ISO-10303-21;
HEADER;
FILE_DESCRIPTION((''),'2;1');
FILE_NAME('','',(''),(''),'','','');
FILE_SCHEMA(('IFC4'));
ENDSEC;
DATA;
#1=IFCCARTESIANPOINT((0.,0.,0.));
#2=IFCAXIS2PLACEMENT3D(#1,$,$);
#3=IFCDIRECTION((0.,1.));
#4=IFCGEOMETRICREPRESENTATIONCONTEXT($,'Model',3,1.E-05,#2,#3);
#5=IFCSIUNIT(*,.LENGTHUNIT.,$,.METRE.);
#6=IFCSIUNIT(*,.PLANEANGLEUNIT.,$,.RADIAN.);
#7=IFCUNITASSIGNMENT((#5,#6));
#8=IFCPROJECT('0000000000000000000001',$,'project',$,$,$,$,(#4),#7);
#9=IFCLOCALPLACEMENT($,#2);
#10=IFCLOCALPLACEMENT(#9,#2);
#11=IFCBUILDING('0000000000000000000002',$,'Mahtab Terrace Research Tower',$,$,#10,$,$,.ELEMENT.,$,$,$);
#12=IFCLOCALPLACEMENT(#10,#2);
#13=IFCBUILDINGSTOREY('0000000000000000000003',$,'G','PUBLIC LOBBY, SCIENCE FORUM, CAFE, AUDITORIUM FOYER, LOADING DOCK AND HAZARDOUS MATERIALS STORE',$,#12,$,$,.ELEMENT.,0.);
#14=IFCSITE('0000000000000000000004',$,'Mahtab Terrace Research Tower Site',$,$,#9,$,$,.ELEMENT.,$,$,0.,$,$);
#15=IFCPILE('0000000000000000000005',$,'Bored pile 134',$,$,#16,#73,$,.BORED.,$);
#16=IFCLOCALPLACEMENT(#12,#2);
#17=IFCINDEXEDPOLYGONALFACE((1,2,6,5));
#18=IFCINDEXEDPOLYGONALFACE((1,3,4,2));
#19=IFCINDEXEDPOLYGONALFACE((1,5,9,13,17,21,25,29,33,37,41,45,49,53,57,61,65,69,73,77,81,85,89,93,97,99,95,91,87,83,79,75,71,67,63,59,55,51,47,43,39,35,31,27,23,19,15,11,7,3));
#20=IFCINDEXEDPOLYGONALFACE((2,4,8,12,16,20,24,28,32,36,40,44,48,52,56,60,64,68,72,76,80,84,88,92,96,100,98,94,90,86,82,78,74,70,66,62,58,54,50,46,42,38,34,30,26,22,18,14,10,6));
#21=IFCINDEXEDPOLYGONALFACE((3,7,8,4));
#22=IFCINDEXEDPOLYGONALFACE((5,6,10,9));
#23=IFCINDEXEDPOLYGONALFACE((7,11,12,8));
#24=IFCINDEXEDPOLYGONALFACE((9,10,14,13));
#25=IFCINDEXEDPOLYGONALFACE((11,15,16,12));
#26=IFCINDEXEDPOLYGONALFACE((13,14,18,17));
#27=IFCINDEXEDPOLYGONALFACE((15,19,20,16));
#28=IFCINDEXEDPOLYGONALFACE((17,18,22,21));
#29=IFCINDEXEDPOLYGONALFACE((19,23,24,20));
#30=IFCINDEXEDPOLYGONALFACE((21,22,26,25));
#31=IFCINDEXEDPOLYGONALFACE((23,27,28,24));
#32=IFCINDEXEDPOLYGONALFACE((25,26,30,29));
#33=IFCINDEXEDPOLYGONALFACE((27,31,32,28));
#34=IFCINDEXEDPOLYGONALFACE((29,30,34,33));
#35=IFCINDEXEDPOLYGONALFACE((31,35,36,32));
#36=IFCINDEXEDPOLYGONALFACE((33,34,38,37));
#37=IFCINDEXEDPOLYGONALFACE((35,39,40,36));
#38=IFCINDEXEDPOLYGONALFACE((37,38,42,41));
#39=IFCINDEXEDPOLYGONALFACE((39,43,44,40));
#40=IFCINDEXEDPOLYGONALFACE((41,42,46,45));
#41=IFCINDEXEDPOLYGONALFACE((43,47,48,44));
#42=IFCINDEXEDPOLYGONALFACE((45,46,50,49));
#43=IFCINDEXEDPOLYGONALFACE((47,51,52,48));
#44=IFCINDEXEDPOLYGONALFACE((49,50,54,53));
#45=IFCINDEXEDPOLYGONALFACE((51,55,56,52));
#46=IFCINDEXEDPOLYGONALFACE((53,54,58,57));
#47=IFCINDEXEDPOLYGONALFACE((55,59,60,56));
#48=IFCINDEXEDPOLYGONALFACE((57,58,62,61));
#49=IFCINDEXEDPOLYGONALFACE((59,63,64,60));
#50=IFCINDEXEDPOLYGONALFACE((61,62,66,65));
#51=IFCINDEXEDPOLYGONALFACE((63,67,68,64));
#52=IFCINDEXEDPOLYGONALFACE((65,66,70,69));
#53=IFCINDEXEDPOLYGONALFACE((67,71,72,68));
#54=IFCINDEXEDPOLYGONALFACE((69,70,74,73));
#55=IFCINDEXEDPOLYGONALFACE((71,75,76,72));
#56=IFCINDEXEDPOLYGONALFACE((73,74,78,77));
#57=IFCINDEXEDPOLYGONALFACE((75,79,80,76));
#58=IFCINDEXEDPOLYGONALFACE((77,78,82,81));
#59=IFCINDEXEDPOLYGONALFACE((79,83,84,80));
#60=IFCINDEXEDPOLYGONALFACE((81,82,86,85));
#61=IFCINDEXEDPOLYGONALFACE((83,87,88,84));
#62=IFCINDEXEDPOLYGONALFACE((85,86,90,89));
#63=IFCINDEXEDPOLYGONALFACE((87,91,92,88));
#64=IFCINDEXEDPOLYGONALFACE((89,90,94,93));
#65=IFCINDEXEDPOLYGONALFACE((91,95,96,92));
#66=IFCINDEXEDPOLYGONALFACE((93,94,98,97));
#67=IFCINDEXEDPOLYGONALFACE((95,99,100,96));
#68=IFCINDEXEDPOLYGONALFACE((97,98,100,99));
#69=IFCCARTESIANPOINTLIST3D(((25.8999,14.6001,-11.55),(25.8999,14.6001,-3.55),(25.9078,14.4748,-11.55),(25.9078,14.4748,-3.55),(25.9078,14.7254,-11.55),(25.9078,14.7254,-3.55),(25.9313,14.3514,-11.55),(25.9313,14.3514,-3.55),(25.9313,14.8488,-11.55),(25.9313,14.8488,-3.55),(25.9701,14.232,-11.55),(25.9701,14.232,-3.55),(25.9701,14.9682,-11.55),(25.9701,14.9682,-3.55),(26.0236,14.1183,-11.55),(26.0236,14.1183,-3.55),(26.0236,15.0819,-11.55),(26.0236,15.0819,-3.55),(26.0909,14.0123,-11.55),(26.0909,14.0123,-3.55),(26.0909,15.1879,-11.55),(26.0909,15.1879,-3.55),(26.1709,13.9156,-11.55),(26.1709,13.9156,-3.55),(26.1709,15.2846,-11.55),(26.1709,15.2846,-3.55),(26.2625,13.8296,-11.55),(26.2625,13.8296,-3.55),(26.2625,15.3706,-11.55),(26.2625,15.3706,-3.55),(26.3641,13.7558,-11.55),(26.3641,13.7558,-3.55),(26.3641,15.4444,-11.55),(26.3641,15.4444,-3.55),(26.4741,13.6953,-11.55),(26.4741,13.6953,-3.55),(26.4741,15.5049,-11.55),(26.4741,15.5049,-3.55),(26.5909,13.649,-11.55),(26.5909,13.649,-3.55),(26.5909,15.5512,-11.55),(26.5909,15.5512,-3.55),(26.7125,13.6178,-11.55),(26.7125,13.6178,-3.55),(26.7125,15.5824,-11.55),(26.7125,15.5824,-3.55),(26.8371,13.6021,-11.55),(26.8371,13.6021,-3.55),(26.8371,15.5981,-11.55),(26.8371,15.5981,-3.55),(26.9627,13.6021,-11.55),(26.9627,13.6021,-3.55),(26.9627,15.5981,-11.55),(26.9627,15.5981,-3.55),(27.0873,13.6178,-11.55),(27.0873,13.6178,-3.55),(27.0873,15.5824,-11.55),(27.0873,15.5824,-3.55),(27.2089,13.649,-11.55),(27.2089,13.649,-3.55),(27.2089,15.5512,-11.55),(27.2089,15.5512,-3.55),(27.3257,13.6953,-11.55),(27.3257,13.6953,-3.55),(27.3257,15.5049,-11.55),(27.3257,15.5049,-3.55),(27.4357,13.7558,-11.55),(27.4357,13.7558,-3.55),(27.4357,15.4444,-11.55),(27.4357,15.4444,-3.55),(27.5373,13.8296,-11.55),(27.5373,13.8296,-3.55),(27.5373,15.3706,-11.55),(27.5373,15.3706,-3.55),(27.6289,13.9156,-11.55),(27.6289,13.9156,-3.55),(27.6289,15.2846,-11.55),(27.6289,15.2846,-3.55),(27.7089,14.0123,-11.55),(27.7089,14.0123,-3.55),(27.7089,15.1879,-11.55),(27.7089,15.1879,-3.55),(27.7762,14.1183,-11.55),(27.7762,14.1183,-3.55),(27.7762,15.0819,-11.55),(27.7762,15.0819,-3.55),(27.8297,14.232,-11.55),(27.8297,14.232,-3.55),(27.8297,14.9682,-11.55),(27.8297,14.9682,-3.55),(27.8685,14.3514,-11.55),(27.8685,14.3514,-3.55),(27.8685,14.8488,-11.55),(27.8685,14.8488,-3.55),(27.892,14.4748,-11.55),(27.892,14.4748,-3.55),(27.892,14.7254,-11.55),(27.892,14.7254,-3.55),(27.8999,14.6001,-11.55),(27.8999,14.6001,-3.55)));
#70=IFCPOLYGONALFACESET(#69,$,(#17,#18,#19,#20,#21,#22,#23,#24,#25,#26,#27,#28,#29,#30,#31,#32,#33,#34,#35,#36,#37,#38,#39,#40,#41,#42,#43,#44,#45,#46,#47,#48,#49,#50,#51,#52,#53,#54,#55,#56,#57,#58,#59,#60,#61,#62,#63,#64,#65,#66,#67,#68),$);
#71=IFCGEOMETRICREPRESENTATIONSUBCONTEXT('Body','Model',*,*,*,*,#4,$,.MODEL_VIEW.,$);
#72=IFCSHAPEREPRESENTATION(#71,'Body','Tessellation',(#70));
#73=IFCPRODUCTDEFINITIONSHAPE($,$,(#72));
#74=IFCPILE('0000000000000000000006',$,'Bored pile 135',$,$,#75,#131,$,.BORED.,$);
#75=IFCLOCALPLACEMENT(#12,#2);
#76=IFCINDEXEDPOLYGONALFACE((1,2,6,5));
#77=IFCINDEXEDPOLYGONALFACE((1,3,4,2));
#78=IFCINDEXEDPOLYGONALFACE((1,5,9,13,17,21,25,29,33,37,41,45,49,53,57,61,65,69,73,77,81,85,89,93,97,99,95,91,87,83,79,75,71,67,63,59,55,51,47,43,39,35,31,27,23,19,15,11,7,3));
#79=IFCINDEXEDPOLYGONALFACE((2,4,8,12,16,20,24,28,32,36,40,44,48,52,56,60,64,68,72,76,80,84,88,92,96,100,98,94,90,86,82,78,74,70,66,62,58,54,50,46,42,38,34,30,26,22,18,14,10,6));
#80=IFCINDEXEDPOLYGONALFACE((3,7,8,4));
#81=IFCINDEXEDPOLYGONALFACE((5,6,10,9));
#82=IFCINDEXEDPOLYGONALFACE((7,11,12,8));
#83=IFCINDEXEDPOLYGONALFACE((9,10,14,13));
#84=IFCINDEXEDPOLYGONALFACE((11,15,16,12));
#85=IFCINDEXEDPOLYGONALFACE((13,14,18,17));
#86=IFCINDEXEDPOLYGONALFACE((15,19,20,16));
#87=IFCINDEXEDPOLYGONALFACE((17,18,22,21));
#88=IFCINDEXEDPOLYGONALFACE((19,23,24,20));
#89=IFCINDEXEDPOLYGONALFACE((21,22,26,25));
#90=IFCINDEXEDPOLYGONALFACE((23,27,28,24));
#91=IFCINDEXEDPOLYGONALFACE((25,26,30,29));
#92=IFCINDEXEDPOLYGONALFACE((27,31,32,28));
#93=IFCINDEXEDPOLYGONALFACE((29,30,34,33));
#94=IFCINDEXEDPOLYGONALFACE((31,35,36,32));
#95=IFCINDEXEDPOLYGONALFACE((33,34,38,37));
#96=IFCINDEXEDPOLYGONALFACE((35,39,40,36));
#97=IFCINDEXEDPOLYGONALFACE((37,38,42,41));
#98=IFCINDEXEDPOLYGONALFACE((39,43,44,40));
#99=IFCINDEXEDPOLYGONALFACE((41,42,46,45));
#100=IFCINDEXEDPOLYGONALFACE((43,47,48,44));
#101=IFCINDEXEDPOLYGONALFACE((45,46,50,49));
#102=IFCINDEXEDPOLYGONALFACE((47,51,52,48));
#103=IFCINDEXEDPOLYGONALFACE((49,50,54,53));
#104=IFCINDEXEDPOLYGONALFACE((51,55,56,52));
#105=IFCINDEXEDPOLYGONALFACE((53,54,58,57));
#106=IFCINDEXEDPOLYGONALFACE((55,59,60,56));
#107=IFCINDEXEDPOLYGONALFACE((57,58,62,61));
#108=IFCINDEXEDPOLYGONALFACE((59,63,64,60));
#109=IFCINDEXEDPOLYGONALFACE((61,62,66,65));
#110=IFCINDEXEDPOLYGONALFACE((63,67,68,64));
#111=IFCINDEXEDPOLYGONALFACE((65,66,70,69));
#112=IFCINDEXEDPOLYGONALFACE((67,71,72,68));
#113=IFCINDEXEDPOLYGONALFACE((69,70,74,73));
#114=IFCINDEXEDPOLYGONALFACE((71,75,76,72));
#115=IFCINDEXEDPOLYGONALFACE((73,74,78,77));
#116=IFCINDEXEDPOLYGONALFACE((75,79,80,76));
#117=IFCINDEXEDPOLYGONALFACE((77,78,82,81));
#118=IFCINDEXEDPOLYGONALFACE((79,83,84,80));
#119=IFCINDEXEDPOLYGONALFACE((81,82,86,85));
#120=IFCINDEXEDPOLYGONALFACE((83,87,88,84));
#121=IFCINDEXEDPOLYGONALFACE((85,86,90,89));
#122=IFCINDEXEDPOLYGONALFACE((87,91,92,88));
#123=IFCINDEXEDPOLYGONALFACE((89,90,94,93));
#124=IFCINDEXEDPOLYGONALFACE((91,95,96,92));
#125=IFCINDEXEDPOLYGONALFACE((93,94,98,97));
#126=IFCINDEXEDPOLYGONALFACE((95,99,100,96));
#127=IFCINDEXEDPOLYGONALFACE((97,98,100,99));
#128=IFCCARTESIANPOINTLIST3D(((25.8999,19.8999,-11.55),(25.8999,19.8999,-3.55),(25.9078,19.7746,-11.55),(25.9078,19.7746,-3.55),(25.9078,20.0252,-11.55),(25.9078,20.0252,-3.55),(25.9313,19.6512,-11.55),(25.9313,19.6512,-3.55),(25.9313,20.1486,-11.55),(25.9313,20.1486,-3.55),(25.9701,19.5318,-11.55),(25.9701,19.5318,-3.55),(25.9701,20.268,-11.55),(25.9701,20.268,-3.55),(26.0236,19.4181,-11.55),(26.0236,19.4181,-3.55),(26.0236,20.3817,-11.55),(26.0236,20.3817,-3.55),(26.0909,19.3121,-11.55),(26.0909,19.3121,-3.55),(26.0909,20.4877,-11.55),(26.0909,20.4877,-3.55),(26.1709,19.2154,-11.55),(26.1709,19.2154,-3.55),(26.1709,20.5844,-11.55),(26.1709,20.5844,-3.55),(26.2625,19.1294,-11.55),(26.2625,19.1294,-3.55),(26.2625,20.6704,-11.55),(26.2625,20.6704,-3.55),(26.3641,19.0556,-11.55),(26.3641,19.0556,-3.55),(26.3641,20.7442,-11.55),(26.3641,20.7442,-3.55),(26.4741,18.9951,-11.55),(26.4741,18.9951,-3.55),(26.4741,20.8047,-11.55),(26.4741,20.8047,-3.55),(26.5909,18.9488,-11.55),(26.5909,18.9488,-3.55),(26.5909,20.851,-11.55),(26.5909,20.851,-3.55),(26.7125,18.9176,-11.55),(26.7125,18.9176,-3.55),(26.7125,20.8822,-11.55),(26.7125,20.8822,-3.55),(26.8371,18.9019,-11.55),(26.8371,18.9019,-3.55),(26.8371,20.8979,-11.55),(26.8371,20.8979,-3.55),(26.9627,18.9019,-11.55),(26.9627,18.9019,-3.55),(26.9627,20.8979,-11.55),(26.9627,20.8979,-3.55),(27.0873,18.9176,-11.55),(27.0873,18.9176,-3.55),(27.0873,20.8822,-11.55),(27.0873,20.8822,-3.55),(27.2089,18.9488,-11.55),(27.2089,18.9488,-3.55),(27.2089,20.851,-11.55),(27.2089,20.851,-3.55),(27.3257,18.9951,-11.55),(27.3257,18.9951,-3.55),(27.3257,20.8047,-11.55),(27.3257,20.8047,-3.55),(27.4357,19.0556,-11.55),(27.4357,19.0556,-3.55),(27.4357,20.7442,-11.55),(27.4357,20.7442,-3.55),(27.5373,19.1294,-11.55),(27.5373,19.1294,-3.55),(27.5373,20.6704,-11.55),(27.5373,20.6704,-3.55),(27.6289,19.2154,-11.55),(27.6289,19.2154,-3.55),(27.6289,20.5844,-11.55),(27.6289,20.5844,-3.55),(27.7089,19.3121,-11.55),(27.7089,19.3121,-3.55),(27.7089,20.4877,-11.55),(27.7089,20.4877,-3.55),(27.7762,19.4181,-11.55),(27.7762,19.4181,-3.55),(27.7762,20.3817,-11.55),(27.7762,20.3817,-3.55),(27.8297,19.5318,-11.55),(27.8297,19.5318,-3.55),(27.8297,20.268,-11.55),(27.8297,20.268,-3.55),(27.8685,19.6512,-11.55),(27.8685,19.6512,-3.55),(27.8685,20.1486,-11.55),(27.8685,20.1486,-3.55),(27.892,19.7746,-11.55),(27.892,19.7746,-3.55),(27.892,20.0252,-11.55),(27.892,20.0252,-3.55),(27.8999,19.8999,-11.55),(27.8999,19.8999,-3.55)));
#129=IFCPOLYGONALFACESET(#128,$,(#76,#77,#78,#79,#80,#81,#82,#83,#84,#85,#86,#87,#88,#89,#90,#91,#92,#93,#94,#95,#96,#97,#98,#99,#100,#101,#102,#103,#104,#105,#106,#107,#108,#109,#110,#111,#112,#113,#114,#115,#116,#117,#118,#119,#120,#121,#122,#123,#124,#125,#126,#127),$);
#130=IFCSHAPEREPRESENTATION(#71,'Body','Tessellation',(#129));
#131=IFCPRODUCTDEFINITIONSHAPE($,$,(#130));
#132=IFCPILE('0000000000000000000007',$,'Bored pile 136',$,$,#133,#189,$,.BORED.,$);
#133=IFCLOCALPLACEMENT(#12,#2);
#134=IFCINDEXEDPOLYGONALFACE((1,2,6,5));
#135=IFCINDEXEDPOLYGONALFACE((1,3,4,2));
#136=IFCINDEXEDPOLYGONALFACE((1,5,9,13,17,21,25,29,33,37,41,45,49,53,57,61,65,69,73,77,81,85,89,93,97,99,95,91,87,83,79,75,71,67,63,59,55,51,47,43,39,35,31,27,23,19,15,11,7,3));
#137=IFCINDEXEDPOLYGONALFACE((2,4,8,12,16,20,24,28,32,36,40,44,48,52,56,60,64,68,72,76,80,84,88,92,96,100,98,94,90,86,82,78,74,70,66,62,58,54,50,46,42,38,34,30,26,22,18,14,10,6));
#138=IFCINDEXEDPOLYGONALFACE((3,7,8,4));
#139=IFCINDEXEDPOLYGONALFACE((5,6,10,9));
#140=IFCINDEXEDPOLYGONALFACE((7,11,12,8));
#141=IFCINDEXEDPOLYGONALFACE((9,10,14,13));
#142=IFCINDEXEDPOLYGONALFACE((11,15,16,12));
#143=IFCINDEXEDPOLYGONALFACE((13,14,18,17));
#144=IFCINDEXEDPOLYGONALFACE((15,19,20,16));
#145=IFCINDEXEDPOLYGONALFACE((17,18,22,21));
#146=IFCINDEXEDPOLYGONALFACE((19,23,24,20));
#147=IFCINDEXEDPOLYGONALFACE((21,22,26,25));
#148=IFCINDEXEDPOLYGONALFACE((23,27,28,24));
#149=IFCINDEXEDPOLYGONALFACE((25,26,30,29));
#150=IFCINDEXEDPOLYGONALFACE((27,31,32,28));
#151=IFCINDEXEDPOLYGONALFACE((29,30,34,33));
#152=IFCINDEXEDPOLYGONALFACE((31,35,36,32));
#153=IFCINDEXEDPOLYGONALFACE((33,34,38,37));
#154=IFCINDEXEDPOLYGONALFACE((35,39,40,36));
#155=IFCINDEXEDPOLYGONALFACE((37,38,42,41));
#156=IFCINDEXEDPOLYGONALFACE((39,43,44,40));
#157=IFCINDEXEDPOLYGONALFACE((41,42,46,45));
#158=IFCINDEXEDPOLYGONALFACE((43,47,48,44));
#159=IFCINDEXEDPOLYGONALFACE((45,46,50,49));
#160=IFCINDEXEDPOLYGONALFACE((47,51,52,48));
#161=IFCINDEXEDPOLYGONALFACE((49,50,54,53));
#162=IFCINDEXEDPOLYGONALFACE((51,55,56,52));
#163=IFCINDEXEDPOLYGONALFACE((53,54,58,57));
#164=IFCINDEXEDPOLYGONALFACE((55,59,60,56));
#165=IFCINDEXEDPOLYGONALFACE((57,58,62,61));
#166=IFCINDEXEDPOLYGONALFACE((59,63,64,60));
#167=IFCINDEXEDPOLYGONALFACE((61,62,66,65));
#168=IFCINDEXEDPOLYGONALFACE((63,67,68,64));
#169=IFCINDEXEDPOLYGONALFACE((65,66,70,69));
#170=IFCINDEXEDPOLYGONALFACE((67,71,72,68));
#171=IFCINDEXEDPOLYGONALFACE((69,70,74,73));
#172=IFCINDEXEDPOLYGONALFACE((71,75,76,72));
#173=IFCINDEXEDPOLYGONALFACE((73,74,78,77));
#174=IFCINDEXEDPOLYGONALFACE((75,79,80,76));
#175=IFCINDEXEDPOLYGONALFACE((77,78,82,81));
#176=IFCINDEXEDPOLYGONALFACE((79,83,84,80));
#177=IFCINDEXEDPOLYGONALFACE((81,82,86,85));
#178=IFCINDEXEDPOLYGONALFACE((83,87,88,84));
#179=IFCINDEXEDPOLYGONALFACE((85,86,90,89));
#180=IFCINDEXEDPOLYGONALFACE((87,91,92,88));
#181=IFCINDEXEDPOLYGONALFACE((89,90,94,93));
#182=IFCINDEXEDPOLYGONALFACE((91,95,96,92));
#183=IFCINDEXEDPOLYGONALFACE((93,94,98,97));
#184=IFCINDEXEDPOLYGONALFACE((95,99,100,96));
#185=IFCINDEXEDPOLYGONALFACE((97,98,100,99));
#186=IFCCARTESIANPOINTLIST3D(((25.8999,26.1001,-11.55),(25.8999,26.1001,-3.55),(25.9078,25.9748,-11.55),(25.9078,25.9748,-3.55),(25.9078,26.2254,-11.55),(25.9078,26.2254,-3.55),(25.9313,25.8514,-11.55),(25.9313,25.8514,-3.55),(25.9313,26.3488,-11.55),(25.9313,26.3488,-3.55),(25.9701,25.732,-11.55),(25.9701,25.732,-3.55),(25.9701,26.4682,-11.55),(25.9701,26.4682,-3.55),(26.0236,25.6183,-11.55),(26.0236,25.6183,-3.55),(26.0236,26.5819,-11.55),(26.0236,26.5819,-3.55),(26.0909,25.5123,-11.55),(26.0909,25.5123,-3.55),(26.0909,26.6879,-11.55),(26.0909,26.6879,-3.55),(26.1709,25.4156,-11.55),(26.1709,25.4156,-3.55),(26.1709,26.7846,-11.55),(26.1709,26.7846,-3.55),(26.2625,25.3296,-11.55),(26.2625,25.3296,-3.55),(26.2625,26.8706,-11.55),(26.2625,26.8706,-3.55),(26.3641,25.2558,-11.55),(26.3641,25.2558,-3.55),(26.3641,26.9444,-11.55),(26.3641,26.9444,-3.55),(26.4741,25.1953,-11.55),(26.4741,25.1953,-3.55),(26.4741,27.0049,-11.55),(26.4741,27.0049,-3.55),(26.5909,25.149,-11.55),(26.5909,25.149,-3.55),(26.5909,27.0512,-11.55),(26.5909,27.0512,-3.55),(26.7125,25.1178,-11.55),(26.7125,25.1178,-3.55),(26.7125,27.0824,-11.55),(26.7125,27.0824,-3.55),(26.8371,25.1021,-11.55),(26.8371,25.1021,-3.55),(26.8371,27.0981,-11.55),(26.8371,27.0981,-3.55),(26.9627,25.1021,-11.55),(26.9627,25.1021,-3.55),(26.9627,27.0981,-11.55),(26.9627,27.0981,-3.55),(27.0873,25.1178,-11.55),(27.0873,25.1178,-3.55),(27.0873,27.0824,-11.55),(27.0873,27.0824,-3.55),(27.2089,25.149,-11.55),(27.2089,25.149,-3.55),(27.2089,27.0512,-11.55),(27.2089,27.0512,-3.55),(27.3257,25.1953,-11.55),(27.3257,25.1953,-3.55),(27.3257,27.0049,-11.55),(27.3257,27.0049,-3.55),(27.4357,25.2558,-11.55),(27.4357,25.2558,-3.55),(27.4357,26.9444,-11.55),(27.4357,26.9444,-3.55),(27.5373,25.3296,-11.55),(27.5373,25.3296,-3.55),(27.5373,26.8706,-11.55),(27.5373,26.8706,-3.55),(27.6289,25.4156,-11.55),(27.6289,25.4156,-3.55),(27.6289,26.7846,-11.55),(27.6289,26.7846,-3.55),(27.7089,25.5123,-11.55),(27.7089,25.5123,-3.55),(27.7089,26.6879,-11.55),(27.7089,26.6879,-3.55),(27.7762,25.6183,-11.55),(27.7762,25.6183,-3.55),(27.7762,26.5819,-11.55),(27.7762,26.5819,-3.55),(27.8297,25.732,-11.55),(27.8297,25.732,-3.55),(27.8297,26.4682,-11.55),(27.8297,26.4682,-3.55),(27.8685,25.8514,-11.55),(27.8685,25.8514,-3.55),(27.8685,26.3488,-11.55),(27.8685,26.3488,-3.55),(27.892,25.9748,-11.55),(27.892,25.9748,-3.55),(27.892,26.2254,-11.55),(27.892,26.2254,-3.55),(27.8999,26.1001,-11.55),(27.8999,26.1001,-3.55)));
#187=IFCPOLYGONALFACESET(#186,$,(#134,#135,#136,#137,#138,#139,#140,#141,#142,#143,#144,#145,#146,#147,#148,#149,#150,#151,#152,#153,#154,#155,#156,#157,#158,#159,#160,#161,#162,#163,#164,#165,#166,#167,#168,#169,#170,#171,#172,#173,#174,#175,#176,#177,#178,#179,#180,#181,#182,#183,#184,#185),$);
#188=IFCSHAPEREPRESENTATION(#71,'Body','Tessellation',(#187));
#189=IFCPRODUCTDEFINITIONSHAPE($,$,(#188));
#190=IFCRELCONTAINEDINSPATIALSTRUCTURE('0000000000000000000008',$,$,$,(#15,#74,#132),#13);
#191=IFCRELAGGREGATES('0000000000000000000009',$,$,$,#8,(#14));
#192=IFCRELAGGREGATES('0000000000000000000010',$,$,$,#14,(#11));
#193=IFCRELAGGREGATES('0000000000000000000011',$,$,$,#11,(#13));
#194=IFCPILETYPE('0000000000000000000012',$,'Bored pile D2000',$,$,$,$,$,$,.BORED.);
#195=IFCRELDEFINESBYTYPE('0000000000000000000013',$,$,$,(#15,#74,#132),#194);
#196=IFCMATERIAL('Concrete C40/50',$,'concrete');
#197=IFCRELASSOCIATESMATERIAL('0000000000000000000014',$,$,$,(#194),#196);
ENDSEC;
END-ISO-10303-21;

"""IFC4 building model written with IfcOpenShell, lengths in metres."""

from ifc_helpers import new_model, si_unit, direction, frame, origin, origin_2d, place, context, subcontext, project, spatial, circle, extrude, material, material_profile, profile_set, type_object, element, save


model = new_model("IFC4")

# Units and contexts
model_context = context("Model", 3, precision=1e-05, world=origin(), true_north=direction((0.0, 1.0)))
body_context = subcontext(model_context, "Body", "Model", "MODEL_VIEW")
ifc_project = project(units=[si_unit("LENGTHUNIT", "METRE"), si_unit("PLANEANGLEUNIT", "RADIAN")], contexts=[model_context])

# Site, building, storey
site_placement = place(None, origin())
site = spatial("IfcSite", under=ifc_project, at=site_placement, Name="Mahtab Terrace Research Tower Site", CompositionType="ELEMENT", RefElevation=0.0)
building_placement = place(site_placement, origin())
building = spatial("IfcBuilding", under=site, at=building_placement, Name="Mahtab Terrace Research Tower", CompositionType="ELEMENT")
storey_placement = place(building_placement, origin())
storey = spatial("IfcBuildingStorey", under=building, at=storey_placement, Name="G", Description="PUBLIC LOBBY, SCIENCE FORUM, CAFE, AUDITORIUM FOYER, LOADING DOCK AND HAZARDOUS MATERIALS STORE", CompositionType="ELEMENT", Elevation=0.0)

# Piles
ifc_material_1 = material(Name="Concrete C40/50", Category="concrete")
ifc_material_profile_1 = material_profile(ifc_material_1, circle(Radius=1.0, at=origin_2d()), Name="Bored pile D2000")
ifc_profile_set_1 = profile_set([ifc_material_profile_1], Name="Concrete C40/50")
pile_type_1 = type_object("IfcPileType", Name="Bored pile D2000", PredefinedType="BORED", material=ifc_profile_set_1)
for number, where, z_axis, x_axis, name in (
    (1, (26.8999, 14.6001, -3.55), (0.0, 0.0, -1.0), (1.0, 0.0, 0.0), "Bored pile 134"),
    (2, (26.8999, 19.8999, -3.55), (0.0, 0.0, -1.0), (1.0, 0.0, 0.0), "Bored pile 135"),
    (3, (26.8999, 26.1001, -3.55), (0.0, 0.0, -1.0), (1.0, 0.0, 0.0), "Bored pile 136"),
):
    element("IfcPile", number, at=place(storey_placement, frame(where, z_axis=z_axis, x_axis=x_axis)), inside=storey, type_object=pile_type_1, Name=name, PredefinedType="BORED", context=body_context, shape_type="SweptSolid", body=[
        extrude(circle(Radius=1.0, at=origin_2d()), origin(), (0.0, 0.0, 1.0), 8.0),
    ])

save(model, "model.ifc")
